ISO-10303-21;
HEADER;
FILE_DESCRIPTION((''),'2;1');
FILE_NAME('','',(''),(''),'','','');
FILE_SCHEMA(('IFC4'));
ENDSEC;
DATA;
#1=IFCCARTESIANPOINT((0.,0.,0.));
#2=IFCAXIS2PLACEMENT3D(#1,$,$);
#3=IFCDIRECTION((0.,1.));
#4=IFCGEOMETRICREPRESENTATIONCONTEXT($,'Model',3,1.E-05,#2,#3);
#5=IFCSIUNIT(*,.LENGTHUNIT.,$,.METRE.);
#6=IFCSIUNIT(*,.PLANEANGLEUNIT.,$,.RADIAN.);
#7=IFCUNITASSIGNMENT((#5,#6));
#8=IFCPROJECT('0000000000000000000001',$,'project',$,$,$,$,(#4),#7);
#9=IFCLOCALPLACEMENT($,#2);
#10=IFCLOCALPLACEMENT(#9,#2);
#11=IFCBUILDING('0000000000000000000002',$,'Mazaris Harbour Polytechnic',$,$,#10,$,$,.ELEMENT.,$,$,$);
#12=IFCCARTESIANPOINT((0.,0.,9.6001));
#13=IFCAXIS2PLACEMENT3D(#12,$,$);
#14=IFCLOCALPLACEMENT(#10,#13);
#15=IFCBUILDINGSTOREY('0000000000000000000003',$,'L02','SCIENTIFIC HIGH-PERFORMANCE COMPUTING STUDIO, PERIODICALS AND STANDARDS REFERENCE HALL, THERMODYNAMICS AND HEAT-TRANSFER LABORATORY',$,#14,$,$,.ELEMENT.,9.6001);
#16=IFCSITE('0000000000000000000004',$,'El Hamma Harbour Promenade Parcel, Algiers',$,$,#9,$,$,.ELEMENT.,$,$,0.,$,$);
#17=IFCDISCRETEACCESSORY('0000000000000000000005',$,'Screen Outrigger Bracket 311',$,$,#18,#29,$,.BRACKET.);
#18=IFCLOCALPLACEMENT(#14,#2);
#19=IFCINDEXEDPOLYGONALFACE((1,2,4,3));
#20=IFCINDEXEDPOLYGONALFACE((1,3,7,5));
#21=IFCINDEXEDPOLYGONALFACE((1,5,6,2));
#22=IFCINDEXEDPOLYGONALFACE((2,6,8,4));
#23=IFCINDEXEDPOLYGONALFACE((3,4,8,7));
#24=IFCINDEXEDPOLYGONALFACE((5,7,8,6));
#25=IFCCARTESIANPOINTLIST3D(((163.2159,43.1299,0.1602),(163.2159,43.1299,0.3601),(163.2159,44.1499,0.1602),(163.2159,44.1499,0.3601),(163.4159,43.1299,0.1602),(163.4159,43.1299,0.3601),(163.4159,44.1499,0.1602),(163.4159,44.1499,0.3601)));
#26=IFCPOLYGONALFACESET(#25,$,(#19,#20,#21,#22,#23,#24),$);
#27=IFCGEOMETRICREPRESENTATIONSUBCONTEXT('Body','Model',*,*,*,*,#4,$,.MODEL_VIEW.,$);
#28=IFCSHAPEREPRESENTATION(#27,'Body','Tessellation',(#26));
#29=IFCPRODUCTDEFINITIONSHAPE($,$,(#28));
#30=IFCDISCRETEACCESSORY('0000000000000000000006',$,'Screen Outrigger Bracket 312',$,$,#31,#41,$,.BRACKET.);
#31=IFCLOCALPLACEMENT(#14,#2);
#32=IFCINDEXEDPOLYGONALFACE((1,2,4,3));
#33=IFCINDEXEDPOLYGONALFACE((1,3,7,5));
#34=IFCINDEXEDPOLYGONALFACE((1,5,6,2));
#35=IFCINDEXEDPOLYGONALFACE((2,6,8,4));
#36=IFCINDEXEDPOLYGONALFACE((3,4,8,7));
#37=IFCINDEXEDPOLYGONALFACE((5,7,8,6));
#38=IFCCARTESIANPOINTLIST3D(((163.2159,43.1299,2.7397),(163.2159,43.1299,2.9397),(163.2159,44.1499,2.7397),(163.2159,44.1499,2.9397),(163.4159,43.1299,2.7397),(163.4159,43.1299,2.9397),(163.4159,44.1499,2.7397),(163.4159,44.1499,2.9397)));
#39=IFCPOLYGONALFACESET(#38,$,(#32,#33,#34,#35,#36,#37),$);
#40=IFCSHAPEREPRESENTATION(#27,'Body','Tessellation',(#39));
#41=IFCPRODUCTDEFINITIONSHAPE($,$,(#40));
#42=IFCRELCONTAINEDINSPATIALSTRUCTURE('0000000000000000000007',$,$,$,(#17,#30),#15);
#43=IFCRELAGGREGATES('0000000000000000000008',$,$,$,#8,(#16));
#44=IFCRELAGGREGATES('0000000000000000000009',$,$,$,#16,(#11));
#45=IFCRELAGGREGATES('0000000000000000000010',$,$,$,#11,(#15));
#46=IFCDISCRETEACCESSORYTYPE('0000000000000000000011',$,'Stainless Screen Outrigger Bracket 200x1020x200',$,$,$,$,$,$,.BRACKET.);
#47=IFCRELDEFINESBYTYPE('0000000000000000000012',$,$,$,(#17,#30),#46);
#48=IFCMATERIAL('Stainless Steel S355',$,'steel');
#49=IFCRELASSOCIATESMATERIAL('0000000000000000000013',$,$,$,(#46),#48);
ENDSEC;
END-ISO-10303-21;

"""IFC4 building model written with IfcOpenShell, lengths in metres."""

from ifc_helpers import new_model, si_unit, direction, frame, origin, origin_2d, place, context, subcontext, project, spatial, rectangle, extrude, material, type_object, element, save


model = new_model("IFC4")

# Units and contexts
model_context = context("Model", 3, precision=1e-05, world=origin(), true_north=direction((0.0, 1.0)))
body_context = subcontext(model_context, "Body", "Model", "MODEL_VIEW")
ifc_project = project(units=[si_unit("LENGTHUNIT", "METRE"), si_unit("PLANEANGLEUNIT", "RADIAN")], contexts=[model_context])

# Site, building, storey
site_placement = place(None, origin())
site = spatial("IfcSite", under=ifc_project, at=site_placement, Name="El Hamma Harbour Promenade Parcel, Algiers", CompositionType="ELEMENT", RefElevation=0.0)
building_placement = place(site_placement, origin())
building = spatial("IfcBuilding", under=site, at=building_placement, Name="Mazaris Harbour Polytechnic", CompositionType="ELEMENT")
storey_placement = place(building_placement, frame((0.0, 0.0, 9.6001)))
storey = spatial("IfcBuildingStorey", under=building, at=storey_placement, Name="L02", Description="SCIENTIFIC HIGH-PERFORMANCE COMPUTING STUDIO, PERIODICALS AND STANDARDS REFERENCE HALL, THERMODYNAMICS AND HEAT-TRANSFER LABORATORY", CompositionType="ELEMENT", Elevation=9.6001)

# Discrete accessories
ifc_material_1 = material(Name="Stainless Steel S355", Category="steel")
discrete_accessory_type = type_object("IfcDiscreteAccessoryType", Name="Stainless Screen Outrigger Bracket 200x1020x200", PredefinedType="BRACKET", material=ifc_material_1)
for number, where, z_axis, x_axis, name in (
    (1, (163.3159, 43.6399, 0.1602), (0.0, 0.0, 1.0), (1.0, 0.0, 0.0), "Screen Outrigger Bracket 311"),
    (2, (163.3159, 43.6399, 2.7397), (0.0, 0.0, 1.0), (1.0, 0.0, 0.0), "Screen Outrigger Bracket 312"),
):
    element("IfcDiscreteAccessory", number, at=place(storey_placement, frame(where, z_axis=z_axis, x_axis=x_axis)), inside=storey, type_object=discrete_accessory_type, Name=name, PredefinedType="BRACKET", context=body_context, shape_type="SweptSolid", body=[
        extrude(rectangle(XDim=0.2, YDim=1.02, at=origin_2d()), origin(), (0.0, 0.0, 1.0), 0.2),
    ])

save(model, "model.ifc")
